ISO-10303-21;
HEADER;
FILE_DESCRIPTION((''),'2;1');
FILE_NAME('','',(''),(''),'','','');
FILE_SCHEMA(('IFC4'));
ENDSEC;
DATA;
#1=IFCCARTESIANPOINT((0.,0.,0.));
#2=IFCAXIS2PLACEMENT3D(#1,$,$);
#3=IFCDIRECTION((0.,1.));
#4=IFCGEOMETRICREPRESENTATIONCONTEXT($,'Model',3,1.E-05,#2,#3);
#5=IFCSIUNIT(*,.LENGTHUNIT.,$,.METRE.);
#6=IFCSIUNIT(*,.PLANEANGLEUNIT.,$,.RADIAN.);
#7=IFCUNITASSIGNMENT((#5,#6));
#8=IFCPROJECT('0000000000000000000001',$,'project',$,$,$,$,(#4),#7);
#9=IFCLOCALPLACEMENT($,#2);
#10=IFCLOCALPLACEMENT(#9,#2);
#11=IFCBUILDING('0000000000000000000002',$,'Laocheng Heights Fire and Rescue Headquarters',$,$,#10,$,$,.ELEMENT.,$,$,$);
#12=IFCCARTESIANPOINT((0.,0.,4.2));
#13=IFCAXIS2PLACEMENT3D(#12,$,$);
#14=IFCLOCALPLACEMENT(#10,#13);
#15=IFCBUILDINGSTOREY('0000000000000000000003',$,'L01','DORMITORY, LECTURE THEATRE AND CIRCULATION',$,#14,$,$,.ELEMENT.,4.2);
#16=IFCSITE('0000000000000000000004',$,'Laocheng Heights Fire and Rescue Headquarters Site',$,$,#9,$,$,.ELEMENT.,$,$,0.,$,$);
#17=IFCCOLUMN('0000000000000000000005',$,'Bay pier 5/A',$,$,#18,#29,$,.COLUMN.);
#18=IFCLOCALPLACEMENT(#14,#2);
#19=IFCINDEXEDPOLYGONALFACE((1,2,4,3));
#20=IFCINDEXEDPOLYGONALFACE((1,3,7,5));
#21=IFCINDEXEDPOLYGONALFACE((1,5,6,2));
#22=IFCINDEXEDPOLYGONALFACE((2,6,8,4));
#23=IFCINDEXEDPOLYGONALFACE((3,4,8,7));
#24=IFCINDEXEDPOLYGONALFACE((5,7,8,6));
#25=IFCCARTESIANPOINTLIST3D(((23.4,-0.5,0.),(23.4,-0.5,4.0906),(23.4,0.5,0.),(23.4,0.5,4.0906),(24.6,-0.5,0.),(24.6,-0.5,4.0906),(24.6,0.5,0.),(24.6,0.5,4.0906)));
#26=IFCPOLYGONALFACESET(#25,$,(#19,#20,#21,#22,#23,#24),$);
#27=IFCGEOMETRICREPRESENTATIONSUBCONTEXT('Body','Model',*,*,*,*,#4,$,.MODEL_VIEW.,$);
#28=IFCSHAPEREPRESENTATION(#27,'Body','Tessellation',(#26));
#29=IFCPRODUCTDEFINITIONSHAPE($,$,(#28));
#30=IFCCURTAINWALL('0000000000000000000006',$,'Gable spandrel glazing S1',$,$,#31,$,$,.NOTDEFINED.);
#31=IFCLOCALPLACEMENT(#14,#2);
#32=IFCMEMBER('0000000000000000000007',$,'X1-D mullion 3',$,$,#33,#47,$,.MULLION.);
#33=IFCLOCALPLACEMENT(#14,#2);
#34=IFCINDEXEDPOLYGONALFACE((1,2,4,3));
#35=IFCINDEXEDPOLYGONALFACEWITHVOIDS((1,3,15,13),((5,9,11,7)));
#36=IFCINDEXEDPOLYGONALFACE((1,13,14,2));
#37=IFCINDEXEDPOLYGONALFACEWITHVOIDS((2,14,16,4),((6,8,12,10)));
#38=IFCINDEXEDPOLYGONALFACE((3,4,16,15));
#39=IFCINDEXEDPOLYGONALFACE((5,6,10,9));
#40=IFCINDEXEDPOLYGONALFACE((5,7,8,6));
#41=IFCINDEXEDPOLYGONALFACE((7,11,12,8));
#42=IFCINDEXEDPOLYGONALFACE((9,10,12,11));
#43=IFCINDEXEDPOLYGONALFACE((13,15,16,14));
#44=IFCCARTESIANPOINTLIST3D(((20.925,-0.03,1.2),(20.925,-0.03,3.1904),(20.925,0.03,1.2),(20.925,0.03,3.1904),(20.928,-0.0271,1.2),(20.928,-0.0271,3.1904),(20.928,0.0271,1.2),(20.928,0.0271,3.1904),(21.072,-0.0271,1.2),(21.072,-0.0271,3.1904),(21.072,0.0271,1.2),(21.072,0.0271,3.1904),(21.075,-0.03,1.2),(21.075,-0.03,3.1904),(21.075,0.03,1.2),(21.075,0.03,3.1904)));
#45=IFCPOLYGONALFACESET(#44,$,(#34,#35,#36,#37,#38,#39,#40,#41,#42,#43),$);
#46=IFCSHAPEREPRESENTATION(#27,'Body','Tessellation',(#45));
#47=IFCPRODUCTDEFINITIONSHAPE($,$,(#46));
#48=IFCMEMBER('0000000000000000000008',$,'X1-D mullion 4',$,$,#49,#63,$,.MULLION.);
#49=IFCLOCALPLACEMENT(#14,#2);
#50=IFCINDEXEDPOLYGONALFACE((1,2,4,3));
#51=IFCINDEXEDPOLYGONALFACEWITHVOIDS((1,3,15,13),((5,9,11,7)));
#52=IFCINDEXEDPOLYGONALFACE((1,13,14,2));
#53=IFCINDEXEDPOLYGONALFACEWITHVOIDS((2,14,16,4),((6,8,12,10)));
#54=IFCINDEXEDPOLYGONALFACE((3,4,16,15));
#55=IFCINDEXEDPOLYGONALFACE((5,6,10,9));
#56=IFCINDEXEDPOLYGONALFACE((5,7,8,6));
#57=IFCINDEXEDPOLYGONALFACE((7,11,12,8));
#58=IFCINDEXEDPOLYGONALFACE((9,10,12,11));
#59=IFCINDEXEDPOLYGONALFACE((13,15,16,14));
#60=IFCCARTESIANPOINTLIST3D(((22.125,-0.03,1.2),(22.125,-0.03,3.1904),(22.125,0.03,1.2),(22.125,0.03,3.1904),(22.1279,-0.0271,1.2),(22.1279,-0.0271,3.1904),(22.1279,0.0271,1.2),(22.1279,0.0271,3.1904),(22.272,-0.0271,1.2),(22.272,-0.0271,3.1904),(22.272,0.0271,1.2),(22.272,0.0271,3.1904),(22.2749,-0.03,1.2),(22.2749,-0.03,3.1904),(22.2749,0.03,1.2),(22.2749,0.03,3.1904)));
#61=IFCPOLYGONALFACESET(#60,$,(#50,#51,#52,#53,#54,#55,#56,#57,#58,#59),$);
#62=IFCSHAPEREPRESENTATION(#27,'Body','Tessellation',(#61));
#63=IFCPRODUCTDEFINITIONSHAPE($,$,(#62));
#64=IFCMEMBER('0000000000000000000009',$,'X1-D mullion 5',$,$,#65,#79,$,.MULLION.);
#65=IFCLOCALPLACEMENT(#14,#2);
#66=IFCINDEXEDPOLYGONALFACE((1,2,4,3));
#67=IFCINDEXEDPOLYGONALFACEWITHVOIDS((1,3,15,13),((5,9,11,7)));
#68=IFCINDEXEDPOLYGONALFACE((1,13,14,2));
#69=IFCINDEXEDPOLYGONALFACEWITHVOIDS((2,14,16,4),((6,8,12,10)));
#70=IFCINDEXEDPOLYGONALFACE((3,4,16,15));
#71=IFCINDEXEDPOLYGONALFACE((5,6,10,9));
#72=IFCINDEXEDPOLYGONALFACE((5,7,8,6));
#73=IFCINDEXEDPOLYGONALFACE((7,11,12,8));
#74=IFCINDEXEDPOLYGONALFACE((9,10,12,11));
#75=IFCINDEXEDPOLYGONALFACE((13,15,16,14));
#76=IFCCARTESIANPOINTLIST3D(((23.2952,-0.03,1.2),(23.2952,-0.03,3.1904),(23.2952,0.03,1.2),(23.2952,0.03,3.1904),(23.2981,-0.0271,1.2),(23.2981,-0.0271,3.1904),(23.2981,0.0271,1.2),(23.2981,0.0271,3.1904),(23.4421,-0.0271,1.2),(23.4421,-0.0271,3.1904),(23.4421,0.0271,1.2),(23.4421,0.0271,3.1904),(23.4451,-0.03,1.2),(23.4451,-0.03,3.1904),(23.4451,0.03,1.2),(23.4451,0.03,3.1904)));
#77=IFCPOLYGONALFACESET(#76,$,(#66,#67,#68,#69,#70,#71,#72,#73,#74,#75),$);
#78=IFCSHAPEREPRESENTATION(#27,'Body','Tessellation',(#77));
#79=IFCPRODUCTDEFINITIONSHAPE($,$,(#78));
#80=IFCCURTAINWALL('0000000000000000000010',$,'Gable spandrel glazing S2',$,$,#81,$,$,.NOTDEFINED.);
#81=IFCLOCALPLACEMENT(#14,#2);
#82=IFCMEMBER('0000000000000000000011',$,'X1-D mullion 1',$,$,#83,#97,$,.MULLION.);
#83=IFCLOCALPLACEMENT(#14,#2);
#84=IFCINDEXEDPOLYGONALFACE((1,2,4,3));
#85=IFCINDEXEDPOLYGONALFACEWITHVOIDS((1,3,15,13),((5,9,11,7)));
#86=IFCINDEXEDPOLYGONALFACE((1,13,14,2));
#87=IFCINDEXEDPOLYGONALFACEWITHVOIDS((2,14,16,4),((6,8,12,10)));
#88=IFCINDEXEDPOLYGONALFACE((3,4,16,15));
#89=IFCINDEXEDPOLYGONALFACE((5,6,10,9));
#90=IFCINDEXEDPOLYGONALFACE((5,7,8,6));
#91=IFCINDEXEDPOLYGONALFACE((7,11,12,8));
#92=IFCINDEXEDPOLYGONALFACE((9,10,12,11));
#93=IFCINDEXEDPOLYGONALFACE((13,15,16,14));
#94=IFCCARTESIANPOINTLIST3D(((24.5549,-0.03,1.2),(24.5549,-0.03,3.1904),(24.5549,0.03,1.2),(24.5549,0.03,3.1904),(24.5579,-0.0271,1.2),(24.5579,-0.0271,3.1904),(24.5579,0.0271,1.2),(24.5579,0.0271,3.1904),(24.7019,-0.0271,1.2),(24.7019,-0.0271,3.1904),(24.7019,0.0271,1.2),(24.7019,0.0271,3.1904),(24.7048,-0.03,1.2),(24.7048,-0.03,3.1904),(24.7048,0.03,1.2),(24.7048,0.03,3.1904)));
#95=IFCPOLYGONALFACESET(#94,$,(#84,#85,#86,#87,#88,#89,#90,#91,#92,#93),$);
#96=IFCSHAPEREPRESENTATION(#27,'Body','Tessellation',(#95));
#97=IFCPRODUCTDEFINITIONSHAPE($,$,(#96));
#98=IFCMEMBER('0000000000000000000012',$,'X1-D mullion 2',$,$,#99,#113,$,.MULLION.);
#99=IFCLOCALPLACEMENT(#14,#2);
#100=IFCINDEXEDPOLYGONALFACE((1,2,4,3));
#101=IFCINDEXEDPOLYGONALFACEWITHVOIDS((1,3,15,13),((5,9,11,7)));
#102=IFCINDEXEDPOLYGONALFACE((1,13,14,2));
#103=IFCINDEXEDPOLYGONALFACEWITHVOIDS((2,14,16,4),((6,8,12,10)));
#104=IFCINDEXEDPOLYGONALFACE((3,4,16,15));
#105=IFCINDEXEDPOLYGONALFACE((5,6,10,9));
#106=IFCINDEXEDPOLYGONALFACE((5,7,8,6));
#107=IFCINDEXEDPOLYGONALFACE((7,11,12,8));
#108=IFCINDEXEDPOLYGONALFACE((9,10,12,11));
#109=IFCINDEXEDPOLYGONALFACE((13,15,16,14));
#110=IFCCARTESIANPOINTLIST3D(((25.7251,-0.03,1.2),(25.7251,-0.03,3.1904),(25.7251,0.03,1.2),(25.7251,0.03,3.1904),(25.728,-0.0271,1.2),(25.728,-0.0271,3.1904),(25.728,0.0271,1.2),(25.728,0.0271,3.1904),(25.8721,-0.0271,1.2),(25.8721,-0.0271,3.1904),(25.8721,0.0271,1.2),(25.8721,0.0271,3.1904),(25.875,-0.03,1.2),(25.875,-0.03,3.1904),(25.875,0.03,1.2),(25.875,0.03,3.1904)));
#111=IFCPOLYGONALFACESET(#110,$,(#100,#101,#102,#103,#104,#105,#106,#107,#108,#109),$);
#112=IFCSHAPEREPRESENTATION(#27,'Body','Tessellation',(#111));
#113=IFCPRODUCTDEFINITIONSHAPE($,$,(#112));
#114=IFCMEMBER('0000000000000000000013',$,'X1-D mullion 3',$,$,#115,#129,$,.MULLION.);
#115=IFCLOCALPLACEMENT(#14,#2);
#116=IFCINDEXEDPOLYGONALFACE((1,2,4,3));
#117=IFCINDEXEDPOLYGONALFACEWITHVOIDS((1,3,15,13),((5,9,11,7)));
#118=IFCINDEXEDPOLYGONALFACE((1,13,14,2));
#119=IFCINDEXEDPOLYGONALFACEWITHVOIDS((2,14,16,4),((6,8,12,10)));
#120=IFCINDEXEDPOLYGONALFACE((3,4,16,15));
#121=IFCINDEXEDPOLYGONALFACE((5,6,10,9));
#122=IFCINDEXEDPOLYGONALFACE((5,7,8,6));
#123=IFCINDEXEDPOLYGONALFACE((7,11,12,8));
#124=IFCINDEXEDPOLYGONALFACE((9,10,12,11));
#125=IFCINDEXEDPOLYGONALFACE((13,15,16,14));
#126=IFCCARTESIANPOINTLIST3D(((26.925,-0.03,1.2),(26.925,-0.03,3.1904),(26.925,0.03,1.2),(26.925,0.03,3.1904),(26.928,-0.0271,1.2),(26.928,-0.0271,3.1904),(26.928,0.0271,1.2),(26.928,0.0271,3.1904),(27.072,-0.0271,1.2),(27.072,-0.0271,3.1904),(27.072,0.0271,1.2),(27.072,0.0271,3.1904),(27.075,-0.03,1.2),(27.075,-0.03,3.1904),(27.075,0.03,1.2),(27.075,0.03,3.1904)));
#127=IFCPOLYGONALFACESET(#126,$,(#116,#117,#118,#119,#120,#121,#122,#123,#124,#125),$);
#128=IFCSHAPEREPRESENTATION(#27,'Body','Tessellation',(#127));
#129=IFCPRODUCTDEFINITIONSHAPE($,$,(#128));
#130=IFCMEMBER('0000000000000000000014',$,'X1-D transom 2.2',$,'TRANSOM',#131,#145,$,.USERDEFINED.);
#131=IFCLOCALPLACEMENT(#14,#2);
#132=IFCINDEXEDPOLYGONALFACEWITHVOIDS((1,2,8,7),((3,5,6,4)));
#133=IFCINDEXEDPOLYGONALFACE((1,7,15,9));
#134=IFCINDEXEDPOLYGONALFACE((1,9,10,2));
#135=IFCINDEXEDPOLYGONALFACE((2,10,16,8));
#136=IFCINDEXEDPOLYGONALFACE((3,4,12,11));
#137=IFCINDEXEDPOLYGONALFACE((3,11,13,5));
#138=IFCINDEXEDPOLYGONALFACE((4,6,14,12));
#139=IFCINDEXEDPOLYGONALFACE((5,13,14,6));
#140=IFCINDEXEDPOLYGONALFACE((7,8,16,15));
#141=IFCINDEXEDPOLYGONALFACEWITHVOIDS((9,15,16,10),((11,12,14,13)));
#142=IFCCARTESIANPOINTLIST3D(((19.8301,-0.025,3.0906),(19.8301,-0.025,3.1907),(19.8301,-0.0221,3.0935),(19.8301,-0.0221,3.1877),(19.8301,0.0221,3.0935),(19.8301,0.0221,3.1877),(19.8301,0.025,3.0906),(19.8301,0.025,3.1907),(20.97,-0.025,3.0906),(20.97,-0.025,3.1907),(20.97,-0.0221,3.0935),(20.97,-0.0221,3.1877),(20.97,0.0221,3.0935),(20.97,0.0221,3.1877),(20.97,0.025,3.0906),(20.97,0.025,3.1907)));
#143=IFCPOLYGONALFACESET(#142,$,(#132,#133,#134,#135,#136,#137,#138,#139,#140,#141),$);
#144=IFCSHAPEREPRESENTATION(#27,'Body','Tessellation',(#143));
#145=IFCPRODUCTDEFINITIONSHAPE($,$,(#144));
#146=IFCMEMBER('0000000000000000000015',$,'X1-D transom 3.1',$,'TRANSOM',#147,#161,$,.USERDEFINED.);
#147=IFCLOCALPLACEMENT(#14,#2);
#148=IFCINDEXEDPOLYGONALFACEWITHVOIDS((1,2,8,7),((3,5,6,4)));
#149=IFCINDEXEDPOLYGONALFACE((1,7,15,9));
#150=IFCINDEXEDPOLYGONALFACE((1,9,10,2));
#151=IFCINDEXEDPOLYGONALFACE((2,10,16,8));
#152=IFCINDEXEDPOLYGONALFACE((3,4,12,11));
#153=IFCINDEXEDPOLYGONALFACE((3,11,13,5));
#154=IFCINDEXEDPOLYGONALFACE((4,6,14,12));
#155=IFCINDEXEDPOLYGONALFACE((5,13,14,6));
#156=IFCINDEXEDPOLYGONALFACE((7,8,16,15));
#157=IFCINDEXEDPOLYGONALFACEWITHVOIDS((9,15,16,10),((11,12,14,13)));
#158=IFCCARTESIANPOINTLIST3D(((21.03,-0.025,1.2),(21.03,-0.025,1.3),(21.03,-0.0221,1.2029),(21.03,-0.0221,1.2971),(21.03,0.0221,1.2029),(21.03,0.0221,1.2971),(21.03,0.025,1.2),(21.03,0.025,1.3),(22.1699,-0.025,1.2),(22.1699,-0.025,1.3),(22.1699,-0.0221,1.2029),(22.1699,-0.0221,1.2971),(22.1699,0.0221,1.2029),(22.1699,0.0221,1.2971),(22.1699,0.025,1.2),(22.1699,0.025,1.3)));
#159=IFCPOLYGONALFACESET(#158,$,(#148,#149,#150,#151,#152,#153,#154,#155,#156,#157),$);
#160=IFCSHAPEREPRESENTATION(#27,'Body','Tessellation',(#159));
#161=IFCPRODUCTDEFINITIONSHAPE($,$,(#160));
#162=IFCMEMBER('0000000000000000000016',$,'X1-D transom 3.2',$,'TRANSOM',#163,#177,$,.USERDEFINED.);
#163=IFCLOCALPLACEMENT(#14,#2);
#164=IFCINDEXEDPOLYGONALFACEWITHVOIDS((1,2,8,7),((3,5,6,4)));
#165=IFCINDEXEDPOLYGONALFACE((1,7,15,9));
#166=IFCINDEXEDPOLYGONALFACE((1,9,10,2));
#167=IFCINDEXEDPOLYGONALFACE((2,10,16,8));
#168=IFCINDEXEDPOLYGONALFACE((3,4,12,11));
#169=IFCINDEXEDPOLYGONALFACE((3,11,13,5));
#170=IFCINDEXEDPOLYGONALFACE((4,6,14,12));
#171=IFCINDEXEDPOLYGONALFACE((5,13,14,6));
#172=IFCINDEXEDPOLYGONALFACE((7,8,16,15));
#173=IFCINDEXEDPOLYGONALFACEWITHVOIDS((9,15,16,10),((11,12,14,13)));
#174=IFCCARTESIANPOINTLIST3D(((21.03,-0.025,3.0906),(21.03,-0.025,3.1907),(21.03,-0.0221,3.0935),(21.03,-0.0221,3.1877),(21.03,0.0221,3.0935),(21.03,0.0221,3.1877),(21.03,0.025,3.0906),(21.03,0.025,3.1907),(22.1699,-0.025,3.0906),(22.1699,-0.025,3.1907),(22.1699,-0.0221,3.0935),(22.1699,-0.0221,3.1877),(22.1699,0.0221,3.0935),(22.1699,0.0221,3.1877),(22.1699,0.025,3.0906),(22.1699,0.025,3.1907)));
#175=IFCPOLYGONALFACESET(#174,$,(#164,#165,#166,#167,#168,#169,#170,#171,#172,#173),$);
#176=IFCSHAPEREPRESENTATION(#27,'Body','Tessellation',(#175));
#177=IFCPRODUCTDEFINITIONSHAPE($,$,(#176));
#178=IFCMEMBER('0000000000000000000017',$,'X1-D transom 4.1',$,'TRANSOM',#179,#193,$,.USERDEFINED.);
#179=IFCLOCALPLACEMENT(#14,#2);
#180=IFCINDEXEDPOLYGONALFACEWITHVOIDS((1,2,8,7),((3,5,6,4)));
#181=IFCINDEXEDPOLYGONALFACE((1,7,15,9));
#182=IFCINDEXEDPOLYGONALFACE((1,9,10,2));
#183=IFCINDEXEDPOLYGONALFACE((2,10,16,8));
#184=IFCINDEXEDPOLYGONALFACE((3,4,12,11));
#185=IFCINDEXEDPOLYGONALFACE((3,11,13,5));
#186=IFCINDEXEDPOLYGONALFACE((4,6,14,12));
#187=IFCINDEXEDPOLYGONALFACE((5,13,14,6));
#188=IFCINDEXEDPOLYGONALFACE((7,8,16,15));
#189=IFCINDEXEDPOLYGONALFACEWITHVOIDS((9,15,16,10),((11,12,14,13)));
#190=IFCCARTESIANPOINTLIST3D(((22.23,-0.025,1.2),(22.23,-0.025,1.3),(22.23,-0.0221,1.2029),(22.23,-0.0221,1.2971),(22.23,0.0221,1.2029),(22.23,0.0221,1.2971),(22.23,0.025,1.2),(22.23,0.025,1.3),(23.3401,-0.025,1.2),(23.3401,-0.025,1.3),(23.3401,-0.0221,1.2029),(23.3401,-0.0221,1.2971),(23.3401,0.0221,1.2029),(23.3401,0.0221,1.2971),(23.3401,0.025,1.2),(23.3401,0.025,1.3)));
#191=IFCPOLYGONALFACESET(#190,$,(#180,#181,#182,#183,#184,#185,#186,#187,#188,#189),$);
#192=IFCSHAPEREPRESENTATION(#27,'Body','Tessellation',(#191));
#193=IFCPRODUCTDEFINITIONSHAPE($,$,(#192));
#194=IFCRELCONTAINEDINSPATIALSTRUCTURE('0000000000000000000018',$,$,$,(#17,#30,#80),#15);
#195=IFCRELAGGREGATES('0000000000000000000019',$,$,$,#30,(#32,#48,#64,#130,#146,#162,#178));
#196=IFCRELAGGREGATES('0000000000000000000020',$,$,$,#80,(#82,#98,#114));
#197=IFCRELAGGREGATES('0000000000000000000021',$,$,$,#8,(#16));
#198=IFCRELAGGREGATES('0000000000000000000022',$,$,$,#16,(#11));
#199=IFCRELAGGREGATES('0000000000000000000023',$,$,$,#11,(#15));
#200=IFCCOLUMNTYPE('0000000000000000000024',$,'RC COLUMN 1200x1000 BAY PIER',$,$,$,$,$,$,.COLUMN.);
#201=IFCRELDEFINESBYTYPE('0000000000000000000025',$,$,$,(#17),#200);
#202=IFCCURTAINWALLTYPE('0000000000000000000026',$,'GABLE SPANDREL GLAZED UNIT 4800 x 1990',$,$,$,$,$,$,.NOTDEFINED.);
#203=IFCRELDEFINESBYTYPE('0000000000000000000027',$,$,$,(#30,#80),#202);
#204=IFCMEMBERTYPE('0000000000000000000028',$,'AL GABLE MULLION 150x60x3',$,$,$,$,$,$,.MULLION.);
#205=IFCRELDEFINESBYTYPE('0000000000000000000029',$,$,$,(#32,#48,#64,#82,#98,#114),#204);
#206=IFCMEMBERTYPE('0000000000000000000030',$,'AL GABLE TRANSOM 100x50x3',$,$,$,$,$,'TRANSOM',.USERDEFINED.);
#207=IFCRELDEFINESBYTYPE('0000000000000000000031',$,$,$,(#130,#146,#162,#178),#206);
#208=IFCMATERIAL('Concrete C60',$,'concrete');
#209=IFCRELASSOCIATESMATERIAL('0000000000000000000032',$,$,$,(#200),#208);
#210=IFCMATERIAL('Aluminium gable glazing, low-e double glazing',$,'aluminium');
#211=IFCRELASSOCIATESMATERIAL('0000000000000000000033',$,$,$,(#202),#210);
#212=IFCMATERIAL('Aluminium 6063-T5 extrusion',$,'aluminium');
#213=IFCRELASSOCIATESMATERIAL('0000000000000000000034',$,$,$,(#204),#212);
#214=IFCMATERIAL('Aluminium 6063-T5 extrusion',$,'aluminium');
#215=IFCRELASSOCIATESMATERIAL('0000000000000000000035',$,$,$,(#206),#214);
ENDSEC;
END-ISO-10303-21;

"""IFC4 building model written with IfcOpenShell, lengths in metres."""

from ifc_helpers import new_model, si_unit, direction, frame, origin, origin_2d, place, context, subcontext, project, spatial, rectangle, hollow_rectangle, extrude, material, material_profile, profile_set, type_object, element, aggregate, save


model = new_model("IFC4")

# Units and contexts
model_context = context("Model", 3, precision=1e-05, world=origin(), true_north=direction((0.0, 1.0)))
body_context = subcontext(model_context, "Body", "Model", "MODEL_VIEW")
ifc_project = project(units=[si_unit("LENGTHUNIT", "METRE"), si_unit("PLANEANGLEUNIT", "RADIAN")], contexts=[model_context])

# Site, building, storey
site_placement = place(None, origin())
site = spatial("IfcSite", under=ifc_project, at=site_placement, Name="Laocheng Heights Fire and Rescue Headquarters Site", CompositionType="ELEMENT", RefElevation=0.0)
building_placement = place(site_placement, origin())
building = spatial("IfcBuilding", under=site, at=building_placement, Name="Laocheng Heights Fire and Rescue Headquarters", CompositionType="ELEMENT")
storey_placement = place(building_placement, frame((0.0, 0.0, 4.2)))
storey = spatial("IfcBuildingStorey", under=building, at=storey_placement, Name="L01", Description="DORMITORY, LECTURE THEATRE AND CIRCULATION", CompositionType="ELEMENT", Elevation=4.2)

# Column
ifc_material_1 = material(Name="Concrete C60", Category="concrete")
ifc_material_profile_1 = material_profile(ifc_material_1, rectangle(XDim=1.2, YDim=1.0, at=origin_2d()), Name="RC COLUMN 1200x1000 BAY PIER")
ifc_profile_set_1 = profile_set([ifc_material_profile_1], Name="Concrete C60")
column_type = type_object("IfcColumnType", Name="RC COLUMN 1200x1000 BAY PIER", PredefinedType="COLUMN", material=ifc_profile_set_1)
column_placement = place(storey_placement, frame((24.0, 0.0, 0.0), z_axis=(0.0, 0.0, 1.0), x_axis=(1.0, 0.0, 0.0)))
element("IfcColumn", 1, at=column_placement, inside=storey, type_object=column_type, Name="Bay pier 5/A", PredefinedType="COLUMN", context=body_context, shape_type="SweptSolid", body=[
    extrude(rectangle(XDim=1.2, YDim=1.0, at=origin_2d()), origin(), (0.0, 0.0, 1.0), 4.0906),
])

# Curtain walls, members
ifc_material_2 = material(Name="Aluminium gable glazing, low-e double glazing", Category="aluminium")
curtain_wall_type = type_object("IfcCurtainWallType", Name="GABLE SPANDREL GLAZED UNIT 4800 x 1990", PredefinedType="NOTDEFINED", material=ifc_material_2)
curtain_wall_1_placement = place(storey_placement, origin())
curtain_wall_1 = element("IfcCurtainWall", 2, at=curtain_wall_1_placement, inside=storey, type_object=curtain_wall_type, Name="Gable spandrel glazing S1", PredefinedType="NOTDEFINED")
ifc_material_3 = material(Name="Aluminium 6063-T5 extrusion", Category="aluminium")
ifc_material_profile_2 = material_profile(ifc_material_3, hollow_rectangle(XDim=0.0601, YDim=0.1499, WallThickness=0.0029, at=origin_2d()), Name="AL MULLION 150x60x3")
ifc_profile_set_2 = profile_set([ifc_material_profile_2], Name="Aluminium 6063-T5 extrusion")
member_type_1 = type_object("IfcMemberType", Name="AL GABLE MULLION 150x60x3", PredefinedType="MULLION", material=ifc_profile_set_2)
member_1_placement = place(storey_placement, frame((21.0, 0.0, 1.2), z_axis=(0.0, 0.0, 1.0), x_axis=(0.0, 1.0, 0.0)))
member_1 = element("IfcMember", 3, at=member_1_placement, type_object=member_type_1, Name="X1-D mullion 3", PredefinedType="MULLION", context=body_context, shape_type="SweptSolid", body=[
    extrude(hollow_rectangle(XDim=0.0601, YDim=0.1499, WallThickness=0.0029, at=origin_2d()), origin(), (0.0, 0.0, 1.0), 1.9905),
])
member_2_placement = place(storey_placement, frame((22.2, 0.0, 1.2), z_axis=(0.0, 0.0, 1.0), x_axis=(0.0, 1.0, 0.0)))
member_2 = element("IfcMember", 4, at=member_2_placement, type_object=member_type_1, Name="X1-D mullion 4", PredefinedType="MULLION", context=body_context, shape_type="SweptSolid", body=[
    extrude(hollow_rectangle(XDim=0.0601, YDim=0.1499, WallThickness=0.0029, at=origin_2d()), origin(), (0.0, 0.0, 1.0), 1.9905),
])
member_3_placement = place(storey_placement, frame((23.3701, 0.0, 1.2), z_axis=(0.0, 0.0, 1.0), x_axis=(0.0, 1.0, 0.0)))
member_3 = element("IfcMember", 5, at=member_3_placement, type_object=member_type_1, Name="X1-D mullion 5", PredefinedType="MULLION", context=body_context, shape_type="SweptSolid", body=[
    extrude(hollow_rectangle(XDim=0.0601, YDim=0.1499, WallThickness=0.0029, at=origin_2d()), origin(), (0.0, 0.0, 1.0), 1.9905),
])
curtain_wall_2_placement = place(storey_placement, origin())
curtain_wall_2 = element("IfcCurtainWall", 6, at=curtain_wall_2_placement, inside=storey, type_object=curtain_wall_type, Name="Gable spandrel glazing S2", PredefinedType="NOTDEFINED")
member_4_placement = place(storey_placement, frame((24.6299, 0.0, 1.2), z_axis=(0.0, 0.0, 1.0), x_axis=(0.0, 1.0, 0.0)))
member_4 = element("IfcMember", 7, at=member_4_placement, type_object=member_type_1, Name="X1-D mullion 1", PredefinedType="MULLION", context=body_context, shape_type="SweptSolid", body=[
    extrude(hollow_rectangle(XDim=0.0601, YDim=0.1499, WallThickness=0.0029, at=origin_2d()), origin(), (0.0, 0.0, 1.0), 1.9905),
])
member_5_placement = place(storey_placement, frame((25.8, 0.0, 1.2), z_axis=(0.0, 0.0, 1.0), x_axis=(0.0, 1.0, 0.0)))
member_5 = element("IfcMember", 8, at=member_5_placement, type_object=member_type_1, Name="X1-D mullion 2", PredefinedType="MULLION", context=body_context, shape_type="SweptSolid", body=[
    extrude(hollow_rectangle(XDim=0.0601, YDim=0.1499, WallThickness=0.0029, at=origin_2d()), origin(), (0.0, 0.0, 1.0), 1.9905),
])
member_6_placement = place(storey_placement, frame((27.0, 0.0, 1.2), z_axis=(0.0, 0.0, 1.0), x_axis=(0.0, 1.0, 0.0)))
member_6 = element("IfcMember", 9, at=member_6_placement, type_object=member_type_1, Name="X1-D mullion 3", PredefinedType="MULLION", context=body_context, shape_type="SweptSolid", body=[
    extrude(hollow_rectangle(XDim=0.0601, YDim=0.1499, WallThickness=0.0029, at=origin_2d()), origin(), (0.0, 0.0, 1.0), 1.9905),
])

# Members
ifc_material_4 = material(Name="Aluminium 6063-T5 extrusion", Category="aluminium")
ifc_material_profile_3 = material_profile(ifc_material_4, hollow_rectangle(XDim=0.05, YDim=0.1001, WallThickness=0.0029, at=origin_2d()), Name="AL TRANSOM 100x50x3")
ifc_profile_set_3 = profile_set([ifc_material_profile_3], Name="Aluminium 6063-T5 extrusion")
member_type_2 = type_object("IfcMemberType", Name="AL GABLE TRANSOM 100x50x3", ElementType="TRANSOM", PredefinedType="USERDEFINED", material=ifc_profile_set_3)
member_7_placement = place(storey_placement, frame((19.8301, 0.0, 3.1406), z_axis=(1.0, 0.0, 0.0), x_axis=(0.0, 1.0, 0.0)))
member_7 = element("IfcMember", 10, at=member_7_placement, type_object=member_type_2, Name="X1-D transom 2.2", ObjectType="TRANSOM", PredefinedType="USERDEFINED", context=body_context, shape_type="SweptSolid", body=[
    extrude(hollow_rectangle(XDim=0.05, YDim=0.1001, WallThickness=0.0029, at=origin_2d()), origin(), (0.0, 0.0, 1.0), 1.1399),
])
member_8_placement = place(storey_placement, frame((21.03, 0.0, 1.25), z_axis=(1.0, 0.0, 0.0), x_axis=(0.0, 1.0, 0.0)))
member_8 = element("IfcMember", 11, at=member_8_placement, type_object=member_type_2, Name="X1-D transom 3.1", ObjectType="TRANSOM", PredefinedType="USERDEFINED", context=body_context, shape_type="SweptSolid", body=[
    extrude(hollow_rectangle(XDim=0.05, YDim=0.1001, WallThickness=0.0029, at=origin_2d()), origin(), (0.0, 0.0, 1.0), 1.1399),
])
member_9_placement = place(storey_placement, frame((21.03, 0.0, 3.1406), z_axis=(1.0, 0.0, 0.0), x_axis=(0.0, 1.0, 0.0)))
member_9 = element("IfcMember", 12, at=member_9_placement, type_object=member_type_2, Name="X1-D transom 3.2", ObjectType="TRANSOM", PredefinedType="USERDEFINED", context=body_context, shape_type="SweptSolid", body=[
    extrude(hollow_rectangle(XDim=0.05, YDim=0.1001, WallThickness=0.0029, at=origin_2d()), origin(), (0.0, 0.0, 1.0), 1.1399),
])
member_10_placement = place(storey_placement, frame((22.23, 0.0, 1.25), z_axis=(1.0, 0.0, 0.0), x_axis=(0.0, 1.0, 0.0)))
member_10 = element("IfcMember", 13, at=member_10_placement, type_object=member_type_2, Name="X1-D transom 4.1", ObjectType="TRANSOM", PredefinedType="USERDEFINED", context=body_context, shape_type="SweptSolid", body=[
    extrude(hollow_rectangle(XDim=0.05, YDim=0.1001, WallThickness=0.0029, at=origin_2d()), origin(), (0.0, 0.0, 1.0), 1.1101),
])

aggregate(curtain_wall_1, [member_1, member_2, member_3, member_7, member_8, member_9, member_10])
aggregate(curtain_wall_2, [member_4, member_5, member_6])

save(model, "model.ifc")
